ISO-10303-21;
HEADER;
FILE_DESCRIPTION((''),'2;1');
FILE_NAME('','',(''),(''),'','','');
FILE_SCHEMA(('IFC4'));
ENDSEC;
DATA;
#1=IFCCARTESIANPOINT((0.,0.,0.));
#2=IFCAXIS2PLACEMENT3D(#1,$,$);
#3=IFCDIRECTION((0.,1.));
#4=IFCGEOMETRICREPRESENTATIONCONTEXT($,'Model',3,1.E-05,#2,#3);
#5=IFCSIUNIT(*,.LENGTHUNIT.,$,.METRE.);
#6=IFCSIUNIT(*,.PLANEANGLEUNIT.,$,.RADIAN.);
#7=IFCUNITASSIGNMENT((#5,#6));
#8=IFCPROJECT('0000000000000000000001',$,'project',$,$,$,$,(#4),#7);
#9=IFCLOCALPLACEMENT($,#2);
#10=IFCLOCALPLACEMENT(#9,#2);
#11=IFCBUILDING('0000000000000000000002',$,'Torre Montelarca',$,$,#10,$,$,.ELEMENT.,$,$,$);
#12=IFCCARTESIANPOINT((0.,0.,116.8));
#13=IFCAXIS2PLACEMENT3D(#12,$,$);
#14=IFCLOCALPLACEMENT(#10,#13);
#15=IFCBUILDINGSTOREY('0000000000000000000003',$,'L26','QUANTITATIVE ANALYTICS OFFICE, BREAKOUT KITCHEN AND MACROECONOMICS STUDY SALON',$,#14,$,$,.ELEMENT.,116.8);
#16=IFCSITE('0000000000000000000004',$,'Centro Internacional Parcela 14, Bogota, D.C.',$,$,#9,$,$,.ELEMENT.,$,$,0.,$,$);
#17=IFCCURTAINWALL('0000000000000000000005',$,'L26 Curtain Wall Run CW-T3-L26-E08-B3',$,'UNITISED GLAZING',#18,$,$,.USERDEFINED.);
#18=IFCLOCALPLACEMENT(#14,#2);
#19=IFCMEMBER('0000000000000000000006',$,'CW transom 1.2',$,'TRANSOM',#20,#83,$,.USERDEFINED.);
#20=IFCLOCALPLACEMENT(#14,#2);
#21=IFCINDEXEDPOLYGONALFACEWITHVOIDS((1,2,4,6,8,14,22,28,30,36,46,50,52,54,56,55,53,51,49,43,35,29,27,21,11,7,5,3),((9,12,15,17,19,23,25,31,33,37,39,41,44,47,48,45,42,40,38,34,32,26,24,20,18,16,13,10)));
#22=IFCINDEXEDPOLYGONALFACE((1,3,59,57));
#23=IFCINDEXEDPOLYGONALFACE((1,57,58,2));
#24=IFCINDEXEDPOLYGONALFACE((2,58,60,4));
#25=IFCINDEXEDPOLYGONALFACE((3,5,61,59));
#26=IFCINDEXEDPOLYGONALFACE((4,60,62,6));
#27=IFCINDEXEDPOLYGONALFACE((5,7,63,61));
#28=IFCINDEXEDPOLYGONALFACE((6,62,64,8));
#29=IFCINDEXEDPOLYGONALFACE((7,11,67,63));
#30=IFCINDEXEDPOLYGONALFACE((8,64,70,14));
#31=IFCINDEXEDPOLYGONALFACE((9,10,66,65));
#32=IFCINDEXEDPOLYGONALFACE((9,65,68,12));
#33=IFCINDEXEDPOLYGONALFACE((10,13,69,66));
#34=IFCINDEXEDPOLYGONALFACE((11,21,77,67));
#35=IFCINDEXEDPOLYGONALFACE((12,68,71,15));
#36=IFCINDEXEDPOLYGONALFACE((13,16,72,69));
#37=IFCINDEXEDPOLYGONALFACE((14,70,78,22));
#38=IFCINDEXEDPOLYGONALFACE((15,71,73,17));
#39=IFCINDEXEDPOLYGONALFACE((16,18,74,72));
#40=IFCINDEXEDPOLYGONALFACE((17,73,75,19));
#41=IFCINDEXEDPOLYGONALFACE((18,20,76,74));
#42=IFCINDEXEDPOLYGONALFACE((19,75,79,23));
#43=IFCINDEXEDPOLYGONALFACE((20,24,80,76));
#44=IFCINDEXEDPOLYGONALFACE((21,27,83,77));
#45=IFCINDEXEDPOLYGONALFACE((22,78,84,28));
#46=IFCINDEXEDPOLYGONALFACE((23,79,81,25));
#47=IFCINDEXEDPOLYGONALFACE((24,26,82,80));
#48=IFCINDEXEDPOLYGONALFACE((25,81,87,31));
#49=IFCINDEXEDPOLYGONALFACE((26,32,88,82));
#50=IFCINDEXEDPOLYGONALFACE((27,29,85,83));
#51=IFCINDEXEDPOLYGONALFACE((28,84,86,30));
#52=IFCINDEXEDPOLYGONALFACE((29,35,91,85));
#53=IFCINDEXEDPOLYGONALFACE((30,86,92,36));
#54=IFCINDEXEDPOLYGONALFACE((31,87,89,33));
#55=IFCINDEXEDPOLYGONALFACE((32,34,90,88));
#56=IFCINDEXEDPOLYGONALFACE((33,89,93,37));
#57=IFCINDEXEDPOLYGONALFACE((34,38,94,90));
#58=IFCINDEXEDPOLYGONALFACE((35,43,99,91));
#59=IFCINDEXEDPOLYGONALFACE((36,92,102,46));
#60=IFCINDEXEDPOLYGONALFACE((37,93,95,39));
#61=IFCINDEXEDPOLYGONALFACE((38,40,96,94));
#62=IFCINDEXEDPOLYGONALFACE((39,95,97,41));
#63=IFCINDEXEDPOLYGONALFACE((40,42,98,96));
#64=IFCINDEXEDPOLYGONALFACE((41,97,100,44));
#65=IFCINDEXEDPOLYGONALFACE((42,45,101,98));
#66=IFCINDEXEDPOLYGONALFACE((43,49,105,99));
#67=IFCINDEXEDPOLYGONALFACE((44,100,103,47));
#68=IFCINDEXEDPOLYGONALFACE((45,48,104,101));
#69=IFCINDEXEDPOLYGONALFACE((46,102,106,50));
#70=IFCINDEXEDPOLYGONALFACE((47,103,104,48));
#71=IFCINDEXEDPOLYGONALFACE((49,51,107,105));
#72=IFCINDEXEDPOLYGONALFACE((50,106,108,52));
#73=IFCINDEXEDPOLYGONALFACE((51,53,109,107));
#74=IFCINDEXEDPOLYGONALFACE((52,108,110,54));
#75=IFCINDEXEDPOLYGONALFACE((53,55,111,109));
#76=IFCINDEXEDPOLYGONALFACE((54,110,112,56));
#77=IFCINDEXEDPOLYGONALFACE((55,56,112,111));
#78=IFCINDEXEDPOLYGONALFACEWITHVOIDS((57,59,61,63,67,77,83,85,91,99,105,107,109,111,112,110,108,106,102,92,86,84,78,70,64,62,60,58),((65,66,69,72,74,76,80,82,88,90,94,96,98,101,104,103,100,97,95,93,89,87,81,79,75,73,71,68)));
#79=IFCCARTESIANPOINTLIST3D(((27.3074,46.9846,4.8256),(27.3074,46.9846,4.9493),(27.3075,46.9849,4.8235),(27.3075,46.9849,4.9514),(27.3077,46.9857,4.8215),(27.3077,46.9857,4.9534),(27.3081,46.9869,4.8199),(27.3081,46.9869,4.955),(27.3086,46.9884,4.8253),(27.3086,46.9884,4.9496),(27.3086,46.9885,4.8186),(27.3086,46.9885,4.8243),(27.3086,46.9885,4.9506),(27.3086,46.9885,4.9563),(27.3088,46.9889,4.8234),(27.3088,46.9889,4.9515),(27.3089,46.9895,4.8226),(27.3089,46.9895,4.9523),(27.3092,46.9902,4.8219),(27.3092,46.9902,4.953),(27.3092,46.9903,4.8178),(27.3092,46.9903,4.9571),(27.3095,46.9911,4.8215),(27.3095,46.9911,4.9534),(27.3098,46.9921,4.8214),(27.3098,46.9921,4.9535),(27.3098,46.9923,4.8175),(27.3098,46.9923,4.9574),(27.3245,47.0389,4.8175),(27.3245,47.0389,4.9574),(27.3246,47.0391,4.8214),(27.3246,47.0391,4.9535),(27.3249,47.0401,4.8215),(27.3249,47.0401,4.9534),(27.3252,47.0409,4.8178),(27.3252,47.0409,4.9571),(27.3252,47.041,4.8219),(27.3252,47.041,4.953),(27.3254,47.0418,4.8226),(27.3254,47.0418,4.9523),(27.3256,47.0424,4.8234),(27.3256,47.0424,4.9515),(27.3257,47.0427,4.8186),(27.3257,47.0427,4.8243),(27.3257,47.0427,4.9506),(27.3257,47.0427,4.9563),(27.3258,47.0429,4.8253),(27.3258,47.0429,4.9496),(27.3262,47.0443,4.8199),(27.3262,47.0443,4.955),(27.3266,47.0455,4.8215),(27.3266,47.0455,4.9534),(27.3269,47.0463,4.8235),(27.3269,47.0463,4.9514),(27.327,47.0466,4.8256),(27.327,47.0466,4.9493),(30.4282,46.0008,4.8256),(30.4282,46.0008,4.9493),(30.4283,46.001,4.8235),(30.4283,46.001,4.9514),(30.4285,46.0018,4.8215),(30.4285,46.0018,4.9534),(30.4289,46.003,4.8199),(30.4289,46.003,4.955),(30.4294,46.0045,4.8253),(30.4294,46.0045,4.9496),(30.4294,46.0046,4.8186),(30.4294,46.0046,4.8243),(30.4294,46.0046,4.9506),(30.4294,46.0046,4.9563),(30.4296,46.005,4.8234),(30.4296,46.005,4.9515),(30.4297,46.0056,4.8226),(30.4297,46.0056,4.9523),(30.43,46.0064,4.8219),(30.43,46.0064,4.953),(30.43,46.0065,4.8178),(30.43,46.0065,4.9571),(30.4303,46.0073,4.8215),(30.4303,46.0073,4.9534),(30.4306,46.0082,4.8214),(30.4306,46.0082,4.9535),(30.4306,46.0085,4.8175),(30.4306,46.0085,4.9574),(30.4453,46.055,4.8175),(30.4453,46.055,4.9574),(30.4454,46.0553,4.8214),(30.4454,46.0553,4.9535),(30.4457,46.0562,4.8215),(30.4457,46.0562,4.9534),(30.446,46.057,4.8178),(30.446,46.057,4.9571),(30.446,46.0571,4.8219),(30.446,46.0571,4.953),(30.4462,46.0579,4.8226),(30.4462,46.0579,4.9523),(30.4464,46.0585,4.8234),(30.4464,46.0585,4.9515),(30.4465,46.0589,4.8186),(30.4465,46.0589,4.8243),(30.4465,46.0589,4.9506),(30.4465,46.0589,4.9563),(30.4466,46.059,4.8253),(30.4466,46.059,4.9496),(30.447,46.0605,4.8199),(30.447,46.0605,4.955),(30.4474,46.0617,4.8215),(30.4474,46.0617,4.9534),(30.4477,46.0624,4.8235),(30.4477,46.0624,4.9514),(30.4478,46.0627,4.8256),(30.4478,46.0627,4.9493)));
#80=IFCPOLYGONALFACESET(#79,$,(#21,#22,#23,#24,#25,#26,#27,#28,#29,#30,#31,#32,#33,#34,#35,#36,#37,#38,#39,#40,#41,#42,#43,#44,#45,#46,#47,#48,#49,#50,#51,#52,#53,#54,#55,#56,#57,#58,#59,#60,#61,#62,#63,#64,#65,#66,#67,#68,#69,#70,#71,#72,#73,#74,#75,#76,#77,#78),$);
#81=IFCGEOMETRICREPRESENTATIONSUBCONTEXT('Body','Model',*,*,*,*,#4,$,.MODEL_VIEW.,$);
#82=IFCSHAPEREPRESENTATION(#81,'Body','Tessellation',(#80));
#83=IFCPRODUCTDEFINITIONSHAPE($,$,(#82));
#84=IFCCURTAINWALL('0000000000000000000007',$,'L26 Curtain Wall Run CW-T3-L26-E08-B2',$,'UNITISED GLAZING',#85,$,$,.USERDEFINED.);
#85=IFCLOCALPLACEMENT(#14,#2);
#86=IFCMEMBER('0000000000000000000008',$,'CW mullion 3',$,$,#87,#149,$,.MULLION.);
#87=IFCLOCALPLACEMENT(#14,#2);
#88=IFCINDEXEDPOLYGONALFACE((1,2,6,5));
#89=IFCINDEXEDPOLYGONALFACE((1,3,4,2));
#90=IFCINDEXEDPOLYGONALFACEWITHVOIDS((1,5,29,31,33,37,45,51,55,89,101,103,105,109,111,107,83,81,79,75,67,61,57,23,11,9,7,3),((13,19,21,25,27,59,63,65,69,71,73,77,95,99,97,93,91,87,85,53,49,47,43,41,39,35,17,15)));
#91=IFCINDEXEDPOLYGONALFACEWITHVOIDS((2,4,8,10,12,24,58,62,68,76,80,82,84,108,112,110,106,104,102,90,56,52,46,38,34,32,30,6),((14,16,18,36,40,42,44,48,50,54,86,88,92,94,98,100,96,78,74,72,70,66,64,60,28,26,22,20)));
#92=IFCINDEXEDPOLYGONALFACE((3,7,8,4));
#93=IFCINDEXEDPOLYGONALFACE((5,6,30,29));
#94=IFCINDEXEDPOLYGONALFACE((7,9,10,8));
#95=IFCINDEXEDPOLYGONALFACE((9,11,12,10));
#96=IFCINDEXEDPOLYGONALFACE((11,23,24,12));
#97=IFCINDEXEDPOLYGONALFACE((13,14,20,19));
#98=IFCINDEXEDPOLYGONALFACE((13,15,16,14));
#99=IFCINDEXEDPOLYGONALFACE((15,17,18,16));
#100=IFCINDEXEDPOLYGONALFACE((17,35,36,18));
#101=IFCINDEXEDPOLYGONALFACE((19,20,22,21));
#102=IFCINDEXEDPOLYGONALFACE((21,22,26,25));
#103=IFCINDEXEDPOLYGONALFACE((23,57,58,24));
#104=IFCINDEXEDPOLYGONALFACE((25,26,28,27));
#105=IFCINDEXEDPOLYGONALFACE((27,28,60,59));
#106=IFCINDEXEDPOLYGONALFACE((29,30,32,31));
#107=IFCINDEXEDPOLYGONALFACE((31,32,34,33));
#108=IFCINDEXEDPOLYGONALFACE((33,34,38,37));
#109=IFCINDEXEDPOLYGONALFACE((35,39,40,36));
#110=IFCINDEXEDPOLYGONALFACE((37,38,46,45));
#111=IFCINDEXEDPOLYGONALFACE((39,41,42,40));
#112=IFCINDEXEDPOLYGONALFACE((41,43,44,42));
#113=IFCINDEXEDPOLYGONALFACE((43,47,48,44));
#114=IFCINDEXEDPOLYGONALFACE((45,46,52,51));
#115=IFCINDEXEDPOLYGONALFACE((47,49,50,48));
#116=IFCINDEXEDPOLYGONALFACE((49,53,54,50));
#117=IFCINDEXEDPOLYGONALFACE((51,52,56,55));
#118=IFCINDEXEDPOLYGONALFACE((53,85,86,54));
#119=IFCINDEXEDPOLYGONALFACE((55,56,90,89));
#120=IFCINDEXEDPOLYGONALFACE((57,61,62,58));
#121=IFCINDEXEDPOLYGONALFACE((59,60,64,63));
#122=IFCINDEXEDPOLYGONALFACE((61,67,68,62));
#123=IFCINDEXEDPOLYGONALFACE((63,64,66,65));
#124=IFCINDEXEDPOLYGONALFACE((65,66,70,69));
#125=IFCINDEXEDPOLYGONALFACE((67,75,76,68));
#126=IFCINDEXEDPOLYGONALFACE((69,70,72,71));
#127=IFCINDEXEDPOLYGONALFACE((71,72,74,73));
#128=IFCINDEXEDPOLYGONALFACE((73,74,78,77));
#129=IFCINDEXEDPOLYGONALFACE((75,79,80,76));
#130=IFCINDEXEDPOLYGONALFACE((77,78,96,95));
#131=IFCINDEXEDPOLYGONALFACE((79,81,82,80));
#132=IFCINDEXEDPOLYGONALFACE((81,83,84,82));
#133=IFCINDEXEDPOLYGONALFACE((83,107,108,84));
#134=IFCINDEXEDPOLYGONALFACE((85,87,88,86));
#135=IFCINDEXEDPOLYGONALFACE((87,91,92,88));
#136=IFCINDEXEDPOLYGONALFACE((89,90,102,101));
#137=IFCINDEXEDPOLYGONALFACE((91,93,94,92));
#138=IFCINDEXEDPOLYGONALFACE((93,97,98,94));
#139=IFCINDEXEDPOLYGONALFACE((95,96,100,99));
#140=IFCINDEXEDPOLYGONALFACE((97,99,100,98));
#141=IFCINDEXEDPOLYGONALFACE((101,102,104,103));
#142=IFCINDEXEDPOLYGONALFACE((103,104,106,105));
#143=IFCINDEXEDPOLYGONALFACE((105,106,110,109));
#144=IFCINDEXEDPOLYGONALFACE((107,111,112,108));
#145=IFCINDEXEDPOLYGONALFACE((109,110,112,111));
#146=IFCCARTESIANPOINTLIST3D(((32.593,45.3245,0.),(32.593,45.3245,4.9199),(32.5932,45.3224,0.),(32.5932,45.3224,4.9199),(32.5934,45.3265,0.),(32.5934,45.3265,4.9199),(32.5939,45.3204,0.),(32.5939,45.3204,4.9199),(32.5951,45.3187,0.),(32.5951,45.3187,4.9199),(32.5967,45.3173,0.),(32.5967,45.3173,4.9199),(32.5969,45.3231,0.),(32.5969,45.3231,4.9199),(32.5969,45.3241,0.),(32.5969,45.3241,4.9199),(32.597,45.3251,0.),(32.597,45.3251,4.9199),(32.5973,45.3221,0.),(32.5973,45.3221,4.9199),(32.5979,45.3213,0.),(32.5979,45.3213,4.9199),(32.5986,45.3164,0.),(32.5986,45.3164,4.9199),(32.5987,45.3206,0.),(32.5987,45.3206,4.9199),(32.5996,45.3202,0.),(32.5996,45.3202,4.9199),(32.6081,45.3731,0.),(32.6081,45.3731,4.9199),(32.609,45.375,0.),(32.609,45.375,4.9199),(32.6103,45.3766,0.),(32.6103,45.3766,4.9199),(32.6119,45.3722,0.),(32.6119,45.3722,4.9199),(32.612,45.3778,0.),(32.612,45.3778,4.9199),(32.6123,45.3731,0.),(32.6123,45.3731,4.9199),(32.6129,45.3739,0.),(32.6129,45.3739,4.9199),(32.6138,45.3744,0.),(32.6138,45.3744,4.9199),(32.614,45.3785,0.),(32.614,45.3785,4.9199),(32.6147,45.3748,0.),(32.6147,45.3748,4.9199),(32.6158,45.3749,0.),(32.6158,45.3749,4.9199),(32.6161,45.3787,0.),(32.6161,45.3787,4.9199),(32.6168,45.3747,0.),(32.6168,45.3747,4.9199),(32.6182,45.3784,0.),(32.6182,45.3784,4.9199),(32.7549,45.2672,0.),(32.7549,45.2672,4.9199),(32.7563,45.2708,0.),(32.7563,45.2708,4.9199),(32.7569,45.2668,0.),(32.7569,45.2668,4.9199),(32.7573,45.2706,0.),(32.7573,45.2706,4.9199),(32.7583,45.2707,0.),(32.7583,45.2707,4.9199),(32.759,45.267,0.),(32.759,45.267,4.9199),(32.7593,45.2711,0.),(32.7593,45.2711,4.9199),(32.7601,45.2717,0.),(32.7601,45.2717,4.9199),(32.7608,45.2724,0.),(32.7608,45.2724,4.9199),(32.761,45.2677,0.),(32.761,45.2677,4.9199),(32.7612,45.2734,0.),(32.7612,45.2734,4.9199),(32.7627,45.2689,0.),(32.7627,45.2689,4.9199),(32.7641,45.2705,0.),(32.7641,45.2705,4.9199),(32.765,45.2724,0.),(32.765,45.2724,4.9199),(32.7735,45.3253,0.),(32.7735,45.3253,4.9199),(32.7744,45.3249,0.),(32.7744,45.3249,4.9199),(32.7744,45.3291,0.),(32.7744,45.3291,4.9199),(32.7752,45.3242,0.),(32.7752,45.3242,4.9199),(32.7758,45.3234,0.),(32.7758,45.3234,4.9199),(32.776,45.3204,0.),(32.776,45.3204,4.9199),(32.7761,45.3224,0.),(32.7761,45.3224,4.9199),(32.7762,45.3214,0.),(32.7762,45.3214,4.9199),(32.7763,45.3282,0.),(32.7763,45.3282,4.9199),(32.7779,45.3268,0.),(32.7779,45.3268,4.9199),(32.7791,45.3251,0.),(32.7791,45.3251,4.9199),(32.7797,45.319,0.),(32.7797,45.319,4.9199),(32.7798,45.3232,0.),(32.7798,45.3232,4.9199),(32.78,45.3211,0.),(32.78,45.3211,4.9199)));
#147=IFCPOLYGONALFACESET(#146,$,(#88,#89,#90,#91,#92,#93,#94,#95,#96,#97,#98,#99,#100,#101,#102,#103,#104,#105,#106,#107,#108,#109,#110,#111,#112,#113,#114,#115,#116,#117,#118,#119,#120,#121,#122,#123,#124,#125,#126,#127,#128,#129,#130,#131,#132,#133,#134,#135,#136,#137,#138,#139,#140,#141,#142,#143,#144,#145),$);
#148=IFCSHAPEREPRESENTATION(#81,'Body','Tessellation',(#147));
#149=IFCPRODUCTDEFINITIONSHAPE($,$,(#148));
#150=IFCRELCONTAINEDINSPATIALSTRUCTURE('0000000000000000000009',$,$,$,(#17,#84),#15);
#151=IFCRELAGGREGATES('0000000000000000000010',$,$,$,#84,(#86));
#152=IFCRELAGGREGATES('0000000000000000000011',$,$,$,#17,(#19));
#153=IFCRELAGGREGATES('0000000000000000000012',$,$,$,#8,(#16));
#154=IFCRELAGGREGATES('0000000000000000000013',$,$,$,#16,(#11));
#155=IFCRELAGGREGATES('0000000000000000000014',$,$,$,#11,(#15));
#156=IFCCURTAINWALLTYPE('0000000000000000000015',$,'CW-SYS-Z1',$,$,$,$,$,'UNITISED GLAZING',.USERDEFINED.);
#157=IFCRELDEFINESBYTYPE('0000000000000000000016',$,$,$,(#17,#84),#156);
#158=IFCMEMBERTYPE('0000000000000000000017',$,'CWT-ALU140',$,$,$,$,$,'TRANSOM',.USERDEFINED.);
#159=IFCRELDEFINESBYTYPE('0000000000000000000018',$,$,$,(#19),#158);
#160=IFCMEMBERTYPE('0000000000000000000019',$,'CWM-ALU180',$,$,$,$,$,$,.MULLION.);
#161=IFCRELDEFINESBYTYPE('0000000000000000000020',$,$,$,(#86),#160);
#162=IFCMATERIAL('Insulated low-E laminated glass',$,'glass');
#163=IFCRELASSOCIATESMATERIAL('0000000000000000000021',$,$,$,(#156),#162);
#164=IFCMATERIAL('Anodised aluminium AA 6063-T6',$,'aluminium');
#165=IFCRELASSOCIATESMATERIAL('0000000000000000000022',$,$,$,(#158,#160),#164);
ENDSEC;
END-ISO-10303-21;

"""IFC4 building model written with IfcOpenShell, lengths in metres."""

from ifc_helpers import new_model, si_unit, direction, frame, origin, origin_2d, place, context, subcontext, project, spatial, hollow_rectangle, extrude, source, transform, mapped, material, material_profile, profile_set, type_object, element, aggregate, save


model = new_model("IFC4")

# Units and contexts
model_context = context("Model", 3, precision=1e-05, world=origin(), true_north=direction((0.0, 1.0)))
body_context = subcontext(model_context, "Body", "Model", "MODEL_VIEW")
ifc_project = project(units=[si_unit("LENGTHUNIT", "METRE"), si_unit("PLANEANGLEUNIT", "RADIAN")], contexts=[model_context])

# Site, building, storey
site_placement = place(None, origin())
site = spatial("IfcSite", under=ifc_project, at=site_placement, Name="Centro Internacional Parcela 14, Bogota, D.C.", CompositionType="ELEMENT", RefElevation=0.0)
building_placement = place(site_placement, origin())
building = spatial("IfcBuilding", under=site, at=building_placement, Name="Torre Montelarca", CompositionType="ELEMENT")
storey_placement = place(building_placement, frame((0.0, 0.0, 116.8)))
storey = spatial("IfcBuildingStorey", under=building, at=storey_placement, Name="L26", Description="QUANTITATIVE ANALYTICS OFFICE, BREAKOUT KITCHEN AND MACROECONOMICS STUDY SALON", CompositionType="ELEMENT", Elevation=116.8)

# Curtain wall
ifc_material_1 = material(Name="Insulated low-E laminated glass", Category="glass")
curtain_wall_type = type_object("IfcCurtainWallType", Name="CW-SYS-Z1", ElementType="UNITISED GLAZING", PredefinedType="USERDEFINED", material=ifc_material_1)
curtain_wall_1_placement = place(storey_placement, origin())
curtain_wall_1 = element("IfcCurtainWall", 1, at=curtain_wall_1_placement, inside=storey, type_object=curtain_wall_type, Name="L26 Curtain Wall Run CW-T3-L26-E08-B3", ObjectType="UNITISED GLAZING", PredefinedType="USERDEFINED")
ifc_material_2 = material(Name="Anodised aluminium AA 6063-T6", Category="aluminium")
ifc_material_profile_1 = material_profile(ifc_material_2, hollow_rectangle(XDim=0.0649, YDim=0.1399, WallThickness=0.0039, InnerFilletRadius=0.0039, OuterFilletRadius=0.0081, at=origin_2d()), Name="ALU65X140X4", Category="aluminium")
ifc_profile_set_1 = profile_set([ifc_material_profile_1], Name="Anodised aluminium AA 6063-T6")
member_type_1 = type_object("IfcMemberType", Name="CWT-ALU140", ElementType="TRANSOM", PredefinedType="USERDEFINED", material=ifc_profile_set_1)

# Member
shared_shape_1 = source(origin(), body_context, "Body", "SweptSolid", [
    extrude(hollow_rectangle(XDim=0.0649, YDim=0.1399, WallThickness=0.0039, InnerFilletRadius=0.0039, OuterFilletRadius=0.0081, at=origin_2d()), origin(), (0.0, 0.0, 1.0), 3.2722),
])
member_1_placement = place(storey_placement, frame((30.438, 46.0317, 4.8875), z_axis=(-0.953727, 0.300674, 0.0), x_axis=(-0.300674, -0.953727, 0.0)))
member_1 = element("IfcMember", 2, at=member_1_placement, type_object=member_type_1, Name="CW transom 1.2", ObjectType="TRANSOM", PredefinedType="USERDEFINED", context=body_context, shape_type="MappedRepresentation", body=[
    mapped(shared_shape_1, transform((0.0, 0.0, 0.0), scale=1.0)),
])

# Curtain wall, member
curtain_wall_2_placement = place(storey_placement, origin())
curtain_wall_2 = element("IfcCurtainWall", 3, at=curtain_wall_2_placement, inside=storey, type_object=curtain_wall_type, Name="L26 Curtain Wall Run CW-T3-L26-E08-B2", ObjectType="UNITISED GLAZING", PredefinedType="USERDEFINED")
ifc_material_profile_2 = material_profile(ifc_material_2, hollow_rectangle(XDim=0.0649, YDim=0.1799, WallThickness=0.0039, InnerFilletRadius=0.0039, OuterFilletRadius=0.0081, at=origin_2d()), Name="ALU65X180X4", Category="aluminium")
ifc_profile_set_2 = profile_set([ifc_material_profile_2], Name="Anodised aluminium AA 6063-T6")
member_type_2 = type_object("IfcMemberType", Name="CWM-ALU180", PredefinedType="MULLION", material=ifc_profile_set_2)
shared_shape_2 = source(origin(), body_context, "Body", "SweptSolid", [
    extrude(hollow_rectangle(XDim=0.0649, YDim=0.1799, WallThickness=0.0039, InnerFilletRadius=0.0039, OuterFilletRadius=0.0081, at=origin_2d()), origin(), (0.0, 0.0, 1.0), 4.9199),
])
member_2_placement = place(storey_placement, frame((32.6865, 45.3228, 0.0), z_axis=(0.0, 0.0, 1.0), x_axis=(-0.300714, -0.953714, 0.0)))
member_2 = element("IfcMember", 4, at=member_2_placement, type_object=member_type_2, Name="CW mullion 3", PredefinedType="MULLION", context=body_context, shape_type="MappedRepresentation", body=[
    mapped(shared_shape_2, transform((0.0, 0.0, 0.0), scale=1.0)),
])

aggregate(curtain_wall_2, [member_2])
aggregate(curtain_wall_1, [member_1])

save(model, "model.ifc")
